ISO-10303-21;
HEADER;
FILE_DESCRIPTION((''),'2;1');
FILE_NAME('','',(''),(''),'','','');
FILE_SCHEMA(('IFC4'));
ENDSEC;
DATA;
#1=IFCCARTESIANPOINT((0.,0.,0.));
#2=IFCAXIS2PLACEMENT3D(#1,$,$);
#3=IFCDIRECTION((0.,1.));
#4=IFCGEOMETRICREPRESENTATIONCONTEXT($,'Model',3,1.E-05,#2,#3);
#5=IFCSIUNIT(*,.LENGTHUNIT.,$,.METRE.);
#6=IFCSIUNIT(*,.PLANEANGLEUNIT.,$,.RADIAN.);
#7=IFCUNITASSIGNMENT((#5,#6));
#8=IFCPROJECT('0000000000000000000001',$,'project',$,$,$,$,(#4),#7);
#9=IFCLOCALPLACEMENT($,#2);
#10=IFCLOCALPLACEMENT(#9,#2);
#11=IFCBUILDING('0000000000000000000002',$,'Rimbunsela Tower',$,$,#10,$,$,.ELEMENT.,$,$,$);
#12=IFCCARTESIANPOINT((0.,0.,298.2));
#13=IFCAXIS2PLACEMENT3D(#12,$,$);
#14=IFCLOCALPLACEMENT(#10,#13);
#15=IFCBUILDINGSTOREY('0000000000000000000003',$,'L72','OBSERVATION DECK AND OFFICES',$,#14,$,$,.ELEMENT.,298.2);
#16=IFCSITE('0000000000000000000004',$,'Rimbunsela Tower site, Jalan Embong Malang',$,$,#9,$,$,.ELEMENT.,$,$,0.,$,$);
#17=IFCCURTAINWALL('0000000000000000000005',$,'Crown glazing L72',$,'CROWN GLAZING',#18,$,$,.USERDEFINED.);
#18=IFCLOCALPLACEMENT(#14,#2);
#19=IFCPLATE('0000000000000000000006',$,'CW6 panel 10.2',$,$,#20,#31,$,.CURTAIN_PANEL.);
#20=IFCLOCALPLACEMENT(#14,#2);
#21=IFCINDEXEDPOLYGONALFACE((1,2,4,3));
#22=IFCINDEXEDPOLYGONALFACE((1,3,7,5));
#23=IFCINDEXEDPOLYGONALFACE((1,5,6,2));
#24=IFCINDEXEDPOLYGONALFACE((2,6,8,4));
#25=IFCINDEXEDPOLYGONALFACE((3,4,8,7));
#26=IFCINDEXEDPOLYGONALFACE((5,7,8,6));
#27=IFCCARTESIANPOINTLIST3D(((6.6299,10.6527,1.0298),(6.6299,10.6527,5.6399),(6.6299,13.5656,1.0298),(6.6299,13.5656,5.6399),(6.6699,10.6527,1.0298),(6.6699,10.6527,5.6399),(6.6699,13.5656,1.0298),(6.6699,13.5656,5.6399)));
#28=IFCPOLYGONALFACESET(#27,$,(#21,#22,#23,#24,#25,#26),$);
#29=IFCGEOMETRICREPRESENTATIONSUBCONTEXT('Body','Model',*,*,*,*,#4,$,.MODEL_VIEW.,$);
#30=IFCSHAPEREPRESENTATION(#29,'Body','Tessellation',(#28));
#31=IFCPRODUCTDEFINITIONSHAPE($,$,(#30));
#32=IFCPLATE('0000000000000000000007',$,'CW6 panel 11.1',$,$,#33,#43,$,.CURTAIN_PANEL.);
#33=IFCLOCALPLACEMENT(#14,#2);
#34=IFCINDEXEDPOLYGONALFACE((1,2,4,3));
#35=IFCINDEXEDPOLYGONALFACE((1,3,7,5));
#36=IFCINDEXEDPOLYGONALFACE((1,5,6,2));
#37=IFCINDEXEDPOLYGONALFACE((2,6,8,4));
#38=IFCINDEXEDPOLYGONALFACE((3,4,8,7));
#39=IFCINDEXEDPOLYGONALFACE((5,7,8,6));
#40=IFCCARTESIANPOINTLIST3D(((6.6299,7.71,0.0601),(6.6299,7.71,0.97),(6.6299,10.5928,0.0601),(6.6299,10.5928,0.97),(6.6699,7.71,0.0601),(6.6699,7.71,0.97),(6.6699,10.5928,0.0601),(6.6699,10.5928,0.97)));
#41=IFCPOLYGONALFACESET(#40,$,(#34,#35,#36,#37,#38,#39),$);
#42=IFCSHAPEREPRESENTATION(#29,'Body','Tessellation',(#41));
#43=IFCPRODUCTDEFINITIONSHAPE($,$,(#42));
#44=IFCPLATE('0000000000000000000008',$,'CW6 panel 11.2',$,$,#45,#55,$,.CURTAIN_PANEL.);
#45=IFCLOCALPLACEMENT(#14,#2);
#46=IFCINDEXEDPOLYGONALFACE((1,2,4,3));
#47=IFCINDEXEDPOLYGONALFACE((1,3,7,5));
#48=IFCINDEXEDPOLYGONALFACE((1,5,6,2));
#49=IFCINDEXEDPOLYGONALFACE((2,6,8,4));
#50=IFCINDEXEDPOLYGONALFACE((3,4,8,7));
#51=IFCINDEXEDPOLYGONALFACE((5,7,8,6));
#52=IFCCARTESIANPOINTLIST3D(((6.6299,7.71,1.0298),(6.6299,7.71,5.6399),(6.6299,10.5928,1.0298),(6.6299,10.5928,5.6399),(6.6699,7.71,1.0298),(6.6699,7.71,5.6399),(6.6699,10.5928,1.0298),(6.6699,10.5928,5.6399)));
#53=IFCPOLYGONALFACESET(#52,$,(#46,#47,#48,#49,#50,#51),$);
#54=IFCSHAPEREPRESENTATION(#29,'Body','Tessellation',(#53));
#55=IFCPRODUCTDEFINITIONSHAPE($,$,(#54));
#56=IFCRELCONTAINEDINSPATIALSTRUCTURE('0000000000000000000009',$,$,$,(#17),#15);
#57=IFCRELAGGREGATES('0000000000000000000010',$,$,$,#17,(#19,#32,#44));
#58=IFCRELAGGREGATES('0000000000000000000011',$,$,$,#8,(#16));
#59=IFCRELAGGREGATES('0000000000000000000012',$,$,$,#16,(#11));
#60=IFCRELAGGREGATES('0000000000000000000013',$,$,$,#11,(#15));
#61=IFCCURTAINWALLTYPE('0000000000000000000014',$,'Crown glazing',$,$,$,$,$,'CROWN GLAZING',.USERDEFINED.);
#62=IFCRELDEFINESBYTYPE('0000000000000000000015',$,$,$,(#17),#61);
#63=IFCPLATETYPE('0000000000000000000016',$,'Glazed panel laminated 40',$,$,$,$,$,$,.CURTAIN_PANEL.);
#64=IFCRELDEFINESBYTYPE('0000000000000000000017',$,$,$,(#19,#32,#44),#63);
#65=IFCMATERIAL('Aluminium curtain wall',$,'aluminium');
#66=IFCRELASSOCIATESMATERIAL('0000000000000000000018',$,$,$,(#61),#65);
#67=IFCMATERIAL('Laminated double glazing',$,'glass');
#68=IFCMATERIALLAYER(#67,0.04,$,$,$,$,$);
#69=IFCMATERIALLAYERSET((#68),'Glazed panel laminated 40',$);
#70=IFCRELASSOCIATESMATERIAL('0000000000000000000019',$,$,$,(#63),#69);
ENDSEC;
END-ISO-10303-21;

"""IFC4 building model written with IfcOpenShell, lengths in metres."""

from ifc_helpers import new_model, si_unit, direction, frame, origin, origin_2d, place, context, subcontext, project, spatial, rectangle, extrude, material, layer, layer_set, type_object, element, aggregate, save


model = new_model("IFC4")

# Units and contexts
model_context = context("Model", 3, precision=1e-05, world=origin(), true_north=direction((0.0, 1.0)))
body_context = subcontext(model_context, "Body", "Model", "MODEL_VIEW")
ifc_project = project(units=[si_unit("LENGTHUNIT", "METRE"), si_unit("PLANEANGLEUNIT", "RADIAN")], contexts=[model_context])

# Site, building, storey
site_placement = place(None, origin())
site = spatial("IfcSite", under=ifc_project, at=site_placement, Name="Rimbunsela Tower site, Jalan Embong Malang", CompositionType="ELEMENT", RefElevation=0.0)
building_placement = place(site_placement, origin())
building = spatial("IfcBuilding", under=site, at=building_placement, Name="Rimbunsela Tower", CompositionType="ELEMENT")
storey_placement = place(building_placement, frame((0.0, 0.0, 298.2)))
storey = spatial("IfcBuildingStorey", under=building, at=storey_placement, Name="L72", Description="OBSERVATION DECK AND OFFICES", CompositionType="ELEMENT", Elevation=298.2)

# Curtain wall, plates
ifc_material_1 = material(Name="Aluminium curtain wall", Category="aluminium")
curtain_wall_type = type_object("IfcCurtainWallType", Name="Crown glazing", ElementType="CROWN GLAZING", PredefinedType="USERDEFINED", material=ifc_material_1)
curtain_wall_placement = place(storey_placement, origin())
curtain_wall = element("IfcCurtainWall", 1, at=curtain_wall_placement, inside=storey, type_object=curtain_wall_type, Name="Crown glazing L72", ObjectType="CROWN GLAZING", PredefinedType="USERDEFINED")
ifc_material_2 = material(Name="Laminated double glazing", Category="glass")
ifc_layer = layer(ifc_material_2, 0.04)
ifc_layer_set = layer_set([ifc_layer], Name="Glazed panel laminated 40")
plate_type = type_object("IfcPlateType", Name="Glazed panel laminated 40", PredefinedType="CURTAIN_PANEL", material=ifc_layer_set)
plate_1_placement = place(storey_placement, frame((6.6499, 12.1091, 1.0298), z_axis=(0.0, 0.0, 1.0), x_axis=(0.0, -1.0, 0.0)))
plate_1 = element("IfcPlate", 2, at=plate_1_placement, type_object=plate_type, Name="CW6 panel 10.2", PredefinedType="CURTAIN_PANEL", context=body_context, shape_type="SweptSolid", body=[
    extrude(rectangle(XDim=2.9128, YDim=0.04, at=origin_2d()), origin(), (0.0, 0.0, 1.0), 4.6101),
])
plate_2_placement = place(storey_placement, frame((6.6499, 9.1514, 0.0601), z_axis=(0.0, 0.0, 1.0), x_axis=(0.0, -1.0, 0.0)))
plate_2 = element("IfcPlate", 3, at=plate_2_placement, type_object=plate_type, Name="CW6 panel 11.1", PredefinedType="CURTAIN_PANEL", context=body_context, shape_type="SweptSolid", body=[
    extrude(rectangle(XDim=2.8828, YDim=0.04, at=origin_2d()), origin(), (0.0, 0.0, 1.0), 0.9099),
])
plate_3_placement = place(storey_placement, frame((6.6499, 9.1514, 1.0298), z_axis=(0.0, 0.0, 1.0), x_axis=(0.0, -1.0, 0.0)))
plate_3 = element("IfcPlate", 4, at=plate_3_placement, type_object=plate_type, Name="CW6 panel 11.2", PredefinedType="CURTAIN_PANEL", context=body_context, shape_type="SweptSolid", body=[
    extrude(rectangle(XDim=2.8828, YDim=0.04, at=origin_2d()), origin(), (0.0, 0.0, 1.0), 4.6101),
])
aggregate(curtain_wall, [plate_1, plate_2, plate_3])

save(model, "model.ifc")
